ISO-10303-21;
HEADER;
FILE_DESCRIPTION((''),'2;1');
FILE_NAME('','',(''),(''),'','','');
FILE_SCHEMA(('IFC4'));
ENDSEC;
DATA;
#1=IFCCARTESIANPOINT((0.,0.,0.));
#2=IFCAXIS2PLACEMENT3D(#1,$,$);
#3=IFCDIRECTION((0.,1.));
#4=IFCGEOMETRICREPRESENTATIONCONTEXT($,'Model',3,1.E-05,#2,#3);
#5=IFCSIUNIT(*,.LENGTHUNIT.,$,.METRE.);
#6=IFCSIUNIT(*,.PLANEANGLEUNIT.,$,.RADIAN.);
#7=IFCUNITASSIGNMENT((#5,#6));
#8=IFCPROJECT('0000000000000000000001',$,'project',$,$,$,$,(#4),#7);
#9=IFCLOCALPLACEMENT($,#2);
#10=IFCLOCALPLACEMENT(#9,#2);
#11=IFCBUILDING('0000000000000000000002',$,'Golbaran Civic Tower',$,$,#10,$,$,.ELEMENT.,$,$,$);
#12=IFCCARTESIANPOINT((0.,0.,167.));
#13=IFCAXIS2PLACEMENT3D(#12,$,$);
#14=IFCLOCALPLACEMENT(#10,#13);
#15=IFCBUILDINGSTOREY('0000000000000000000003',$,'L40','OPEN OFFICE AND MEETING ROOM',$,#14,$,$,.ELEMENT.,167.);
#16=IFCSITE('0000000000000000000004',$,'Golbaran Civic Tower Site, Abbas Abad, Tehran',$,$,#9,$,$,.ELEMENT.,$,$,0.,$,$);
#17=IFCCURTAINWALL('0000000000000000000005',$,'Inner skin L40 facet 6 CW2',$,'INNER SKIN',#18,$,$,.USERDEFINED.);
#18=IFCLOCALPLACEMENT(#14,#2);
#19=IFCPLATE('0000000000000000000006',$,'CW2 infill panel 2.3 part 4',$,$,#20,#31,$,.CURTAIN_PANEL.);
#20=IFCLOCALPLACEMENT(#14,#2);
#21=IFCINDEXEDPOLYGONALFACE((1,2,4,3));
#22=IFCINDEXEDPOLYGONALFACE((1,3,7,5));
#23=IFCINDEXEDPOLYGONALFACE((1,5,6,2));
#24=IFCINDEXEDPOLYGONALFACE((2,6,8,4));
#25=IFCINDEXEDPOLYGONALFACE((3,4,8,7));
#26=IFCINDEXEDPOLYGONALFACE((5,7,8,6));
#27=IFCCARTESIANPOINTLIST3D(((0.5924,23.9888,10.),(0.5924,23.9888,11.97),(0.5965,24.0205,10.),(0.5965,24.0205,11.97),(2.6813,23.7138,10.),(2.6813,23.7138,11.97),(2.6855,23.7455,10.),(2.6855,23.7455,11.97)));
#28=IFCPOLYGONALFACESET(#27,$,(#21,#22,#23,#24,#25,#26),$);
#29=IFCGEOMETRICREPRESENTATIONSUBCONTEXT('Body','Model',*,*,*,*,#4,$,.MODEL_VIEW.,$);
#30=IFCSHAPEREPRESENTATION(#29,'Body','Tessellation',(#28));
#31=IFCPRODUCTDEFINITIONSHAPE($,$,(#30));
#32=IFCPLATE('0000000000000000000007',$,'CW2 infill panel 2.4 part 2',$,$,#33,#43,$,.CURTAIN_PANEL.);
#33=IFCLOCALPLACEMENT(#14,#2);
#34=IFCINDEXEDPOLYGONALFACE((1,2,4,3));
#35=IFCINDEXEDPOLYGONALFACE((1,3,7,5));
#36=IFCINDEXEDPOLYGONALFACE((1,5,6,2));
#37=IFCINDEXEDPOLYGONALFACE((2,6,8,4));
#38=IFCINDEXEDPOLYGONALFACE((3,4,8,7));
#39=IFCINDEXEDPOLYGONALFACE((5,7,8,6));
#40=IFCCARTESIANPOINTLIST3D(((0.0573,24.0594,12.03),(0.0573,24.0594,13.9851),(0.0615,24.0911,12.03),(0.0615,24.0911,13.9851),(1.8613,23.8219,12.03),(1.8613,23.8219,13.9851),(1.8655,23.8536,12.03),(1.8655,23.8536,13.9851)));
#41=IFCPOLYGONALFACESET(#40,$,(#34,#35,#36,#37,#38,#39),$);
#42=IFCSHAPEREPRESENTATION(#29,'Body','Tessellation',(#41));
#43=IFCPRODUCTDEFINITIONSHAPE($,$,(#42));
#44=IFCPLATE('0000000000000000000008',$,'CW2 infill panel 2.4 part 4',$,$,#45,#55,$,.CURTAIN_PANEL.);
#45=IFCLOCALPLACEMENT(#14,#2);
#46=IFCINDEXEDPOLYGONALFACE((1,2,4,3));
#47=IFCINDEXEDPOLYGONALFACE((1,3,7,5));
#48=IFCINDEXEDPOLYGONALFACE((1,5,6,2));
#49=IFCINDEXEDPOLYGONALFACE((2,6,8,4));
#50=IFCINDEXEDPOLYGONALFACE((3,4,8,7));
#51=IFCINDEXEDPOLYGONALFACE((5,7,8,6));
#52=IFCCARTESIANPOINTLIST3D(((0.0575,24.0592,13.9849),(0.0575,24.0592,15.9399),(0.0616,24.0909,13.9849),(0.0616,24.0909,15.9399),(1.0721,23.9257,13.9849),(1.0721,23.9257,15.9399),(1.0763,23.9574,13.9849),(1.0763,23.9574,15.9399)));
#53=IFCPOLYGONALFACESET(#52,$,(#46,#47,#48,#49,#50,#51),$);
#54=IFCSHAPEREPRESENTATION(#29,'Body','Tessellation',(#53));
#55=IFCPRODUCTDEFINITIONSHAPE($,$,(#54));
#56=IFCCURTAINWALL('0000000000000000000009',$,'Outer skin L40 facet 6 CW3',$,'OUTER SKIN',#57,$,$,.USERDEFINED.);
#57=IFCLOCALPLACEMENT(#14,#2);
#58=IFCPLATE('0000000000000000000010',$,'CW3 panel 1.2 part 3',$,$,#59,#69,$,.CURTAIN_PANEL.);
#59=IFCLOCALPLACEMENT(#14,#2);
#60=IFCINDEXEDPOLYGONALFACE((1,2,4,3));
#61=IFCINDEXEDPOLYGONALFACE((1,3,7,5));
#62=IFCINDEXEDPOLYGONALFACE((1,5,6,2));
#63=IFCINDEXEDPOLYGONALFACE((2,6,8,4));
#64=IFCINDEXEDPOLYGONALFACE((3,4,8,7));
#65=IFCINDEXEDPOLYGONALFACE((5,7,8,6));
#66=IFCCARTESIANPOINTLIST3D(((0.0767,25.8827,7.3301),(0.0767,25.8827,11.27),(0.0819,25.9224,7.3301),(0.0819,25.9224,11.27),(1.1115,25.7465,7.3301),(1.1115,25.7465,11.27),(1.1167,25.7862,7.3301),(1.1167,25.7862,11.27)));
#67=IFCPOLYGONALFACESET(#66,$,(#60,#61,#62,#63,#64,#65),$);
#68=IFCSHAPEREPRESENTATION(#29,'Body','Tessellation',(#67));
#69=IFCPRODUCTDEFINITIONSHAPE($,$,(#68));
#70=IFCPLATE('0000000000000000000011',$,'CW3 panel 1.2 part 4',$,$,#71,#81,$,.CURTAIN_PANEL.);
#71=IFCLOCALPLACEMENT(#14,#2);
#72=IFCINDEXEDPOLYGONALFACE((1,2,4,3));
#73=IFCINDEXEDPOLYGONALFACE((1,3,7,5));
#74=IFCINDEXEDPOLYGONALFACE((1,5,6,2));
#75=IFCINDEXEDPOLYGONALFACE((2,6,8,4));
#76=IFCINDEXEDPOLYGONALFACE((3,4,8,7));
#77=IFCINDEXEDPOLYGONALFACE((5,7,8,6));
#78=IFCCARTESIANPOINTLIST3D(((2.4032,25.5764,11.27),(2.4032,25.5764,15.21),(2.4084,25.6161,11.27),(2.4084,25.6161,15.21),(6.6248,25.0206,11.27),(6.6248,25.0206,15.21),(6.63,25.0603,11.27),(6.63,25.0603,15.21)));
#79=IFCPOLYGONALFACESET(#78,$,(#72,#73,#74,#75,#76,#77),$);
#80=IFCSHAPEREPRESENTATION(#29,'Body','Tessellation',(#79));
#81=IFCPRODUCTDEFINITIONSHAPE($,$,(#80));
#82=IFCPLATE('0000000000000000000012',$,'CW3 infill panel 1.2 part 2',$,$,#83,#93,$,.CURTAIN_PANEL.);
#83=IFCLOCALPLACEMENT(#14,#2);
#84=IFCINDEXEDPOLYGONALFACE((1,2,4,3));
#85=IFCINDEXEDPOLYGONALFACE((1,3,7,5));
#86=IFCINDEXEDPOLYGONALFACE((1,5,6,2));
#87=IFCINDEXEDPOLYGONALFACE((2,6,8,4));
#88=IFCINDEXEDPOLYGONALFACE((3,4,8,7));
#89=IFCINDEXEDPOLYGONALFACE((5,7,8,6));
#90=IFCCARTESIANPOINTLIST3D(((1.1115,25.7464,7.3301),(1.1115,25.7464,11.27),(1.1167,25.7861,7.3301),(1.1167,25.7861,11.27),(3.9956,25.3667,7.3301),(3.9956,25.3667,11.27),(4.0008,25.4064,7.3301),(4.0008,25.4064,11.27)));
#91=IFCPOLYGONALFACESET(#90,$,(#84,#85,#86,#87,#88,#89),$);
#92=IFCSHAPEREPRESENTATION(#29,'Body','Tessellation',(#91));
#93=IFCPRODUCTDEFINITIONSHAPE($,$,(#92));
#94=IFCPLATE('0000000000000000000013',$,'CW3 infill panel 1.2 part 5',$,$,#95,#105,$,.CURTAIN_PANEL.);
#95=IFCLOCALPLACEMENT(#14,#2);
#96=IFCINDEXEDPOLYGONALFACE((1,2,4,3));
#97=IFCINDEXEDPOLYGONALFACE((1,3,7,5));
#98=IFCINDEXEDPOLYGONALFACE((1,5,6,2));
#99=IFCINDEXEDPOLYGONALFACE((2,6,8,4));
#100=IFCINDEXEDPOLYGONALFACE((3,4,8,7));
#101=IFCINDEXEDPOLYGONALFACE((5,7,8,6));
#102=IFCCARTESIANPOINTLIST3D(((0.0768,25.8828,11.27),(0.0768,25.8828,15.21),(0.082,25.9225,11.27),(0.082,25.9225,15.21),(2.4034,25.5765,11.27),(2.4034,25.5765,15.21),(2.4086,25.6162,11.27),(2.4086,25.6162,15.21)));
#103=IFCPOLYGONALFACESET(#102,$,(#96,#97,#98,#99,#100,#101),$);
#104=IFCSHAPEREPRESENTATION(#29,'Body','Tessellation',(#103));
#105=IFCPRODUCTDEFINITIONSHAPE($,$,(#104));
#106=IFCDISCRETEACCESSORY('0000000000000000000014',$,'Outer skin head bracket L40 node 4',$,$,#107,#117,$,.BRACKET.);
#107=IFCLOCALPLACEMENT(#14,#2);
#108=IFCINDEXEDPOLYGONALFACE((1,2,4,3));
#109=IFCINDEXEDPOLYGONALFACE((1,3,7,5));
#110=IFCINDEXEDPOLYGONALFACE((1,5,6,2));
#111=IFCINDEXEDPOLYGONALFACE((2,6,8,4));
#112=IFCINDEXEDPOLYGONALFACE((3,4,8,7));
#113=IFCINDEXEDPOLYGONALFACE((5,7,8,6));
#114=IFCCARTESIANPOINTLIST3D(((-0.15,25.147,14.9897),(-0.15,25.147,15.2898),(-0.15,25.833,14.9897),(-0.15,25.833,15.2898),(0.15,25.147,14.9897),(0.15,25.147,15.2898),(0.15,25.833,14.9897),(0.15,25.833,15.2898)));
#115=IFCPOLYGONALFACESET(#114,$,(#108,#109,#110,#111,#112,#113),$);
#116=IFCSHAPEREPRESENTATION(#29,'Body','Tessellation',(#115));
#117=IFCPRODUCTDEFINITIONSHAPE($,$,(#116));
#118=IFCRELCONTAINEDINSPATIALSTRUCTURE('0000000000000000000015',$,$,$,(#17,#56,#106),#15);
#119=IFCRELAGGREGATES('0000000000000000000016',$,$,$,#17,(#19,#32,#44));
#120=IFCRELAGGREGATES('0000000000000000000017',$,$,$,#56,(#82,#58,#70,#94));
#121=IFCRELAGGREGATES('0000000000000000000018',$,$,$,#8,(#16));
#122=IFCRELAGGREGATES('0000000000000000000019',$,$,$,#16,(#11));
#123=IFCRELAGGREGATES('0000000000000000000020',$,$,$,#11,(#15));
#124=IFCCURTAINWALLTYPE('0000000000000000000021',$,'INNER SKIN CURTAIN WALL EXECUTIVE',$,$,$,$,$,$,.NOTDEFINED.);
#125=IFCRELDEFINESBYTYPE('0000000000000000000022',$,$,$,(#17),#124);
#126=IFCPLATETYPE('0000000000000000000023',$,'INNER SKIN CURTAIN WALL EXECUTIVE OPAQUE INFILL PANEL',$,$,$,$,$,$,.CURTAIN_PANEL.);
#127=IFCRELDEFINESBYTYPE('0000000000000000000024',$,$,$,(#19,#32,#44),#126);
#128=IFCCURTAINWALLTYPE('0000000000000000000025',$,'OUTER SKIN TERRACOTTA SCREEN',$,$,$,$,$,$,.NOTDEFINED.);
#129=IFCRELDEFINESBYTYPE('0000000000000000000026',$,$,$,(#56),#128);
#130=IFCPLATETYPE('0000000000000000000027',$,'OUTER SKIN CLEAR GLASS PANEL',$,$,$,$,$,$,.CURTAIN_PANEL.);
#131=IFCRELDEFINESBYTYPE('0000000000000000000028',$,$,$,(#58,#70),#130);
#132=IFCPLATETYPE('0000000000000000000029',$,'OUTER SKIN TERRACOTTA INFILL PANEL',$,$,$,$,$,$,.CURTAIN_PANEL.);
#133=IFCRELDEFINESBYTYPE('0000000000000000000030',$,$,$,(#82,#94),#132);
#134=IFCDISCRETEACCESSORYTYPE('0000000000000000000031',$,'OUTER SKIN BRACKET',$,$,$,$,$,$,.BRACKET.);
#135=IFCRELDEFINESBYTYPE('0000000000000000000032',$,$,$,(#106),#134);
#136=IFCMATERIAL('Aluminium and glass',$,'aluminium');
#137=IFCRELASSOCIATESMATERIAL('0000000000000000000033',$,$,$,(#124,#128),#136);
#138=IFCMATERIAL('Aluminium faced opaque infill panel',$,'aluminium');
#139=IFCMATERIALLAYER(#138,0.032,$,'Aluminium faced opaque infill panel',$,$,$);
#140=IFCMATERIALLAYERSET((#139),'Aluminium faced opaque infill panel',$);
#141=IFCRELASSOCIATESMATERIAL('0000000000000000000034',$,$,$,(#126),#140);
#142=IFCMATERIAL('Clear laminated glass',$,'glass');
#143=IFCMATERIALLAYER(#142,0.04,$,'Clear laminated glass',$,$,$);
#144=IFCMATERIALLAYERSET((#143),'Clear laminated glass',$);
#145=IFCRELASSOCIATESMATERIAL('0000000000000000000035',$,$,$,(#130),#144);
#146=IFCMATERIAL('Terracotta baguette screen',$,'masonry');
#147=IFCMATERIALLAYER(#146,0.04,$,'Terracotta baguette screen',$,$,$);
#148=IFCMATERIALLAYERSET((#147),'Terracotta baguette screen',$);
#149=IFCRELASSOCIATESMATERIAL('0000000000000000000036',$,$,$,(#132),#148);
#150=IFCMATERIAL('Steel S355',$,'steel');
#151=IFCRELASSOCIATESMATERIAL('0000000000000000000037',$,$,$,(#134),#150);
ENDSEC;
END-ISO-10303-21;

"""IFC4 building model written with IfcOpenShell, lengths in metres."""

from ifc_helpers import new_model, si_unit, direction, frame, origin, origin_2d, place, context, subcontext, project, spatial, rectangle, extrude, material, layer, layer_set, type_object, element, aggregate, save


model = new_model("IFC4")

# Units and contexts
model_context = context("Model", 3, precision=1e-05, world=origin(), true_north=direction((0.0, 1.0)))
body_context = subcontext(model_context, "Body", "Model", "MODEL_VIEW")
ifc_project = project(units=[si_unit("LENGTHUNIT", "METRE"), si_unit("PLANEANGLEUNIT", "RADIAN")], contexts=[model_context])

# Site, building, storey
site_placement = place(None, origin())
site = spatial("IfcSite", under=ifc_project, at=site_placement, Name="Golbaran Civic Tower Site, Abbas Abad, Tehran", CompositionType="ELEMENT", RefElevation=0.0)
building_placement = place(site_placement, origin())
building = spatial("IfcBuilding", under=site, at=building_placement, Name="Golbaran Civic Tower", CompositionType="ELEMENT")
storey_placement = place(building_placement, frame((0.0, 0.0, 167.0)))
storey = spatial("IfcBuildingStorey", under=building, at=storey_placement, Name="L40", Description="OPEN OFFICE AND MEETING ROOM", CompositionType="ELEMENT", Elevation=167.0)

# Curtain wall, plates
ifc_material_1 = material(Name="Aluminium and glass", Category="aluminium")
curtain_wall_type_1 = type_object("IfcCurtainWallType", Name="INNER SKIN CURTAIN WALL EXECUTIVE", PredefinedType="NOTDEFINED", material=ifc_material_1)
curtain_wall_1_placement = place(storey_placement, origin())
curtain_wall_1 = element("IfcCurtainWall", 1, at=curtain_wall_1_placement, inside=storey, type_object=curtain_wall_type_1, Name="Inner skin L40 facet 6 CW2", ObjectType="INNER SKIN", PredefinedType="USERDEFINED")
ifc_material_2 = material(Name="Aluminium faced opaque infill panel", Category="aluminium")
ifc_layer_1 = layer(ifc_material_2, 0.032, Name="Aluminium faced opaque infill panel")
ifc_layer_set_1 = layer_set([ifc_layer_1], Name="Aluminium faced opaque infill panel")
plate_type_1 = type_object("IfcPlateType", Name="INNER SKIN CURTAIN WALL EXECUTIVE OPAQUE INFILL PANEL", PredefinedType="CURTAIN_PANEL", material=ifc_layer_set_1)
plate_1_placement = place(storey_placement, frame((1.6389, 23.8672, 10.0), z_axis=(0.0, 0.0, 1.0), x_axis=(-0.991445, 0.130526, 0.0)))
plate_1 = element("IfcPlate", 2, at=plate_1_placement, type_object=plate_type_1, Name="CW2 infill panel 2.3 part 4", PredefinedType="CURTAIN_PANEL", context=body_context, shape_type="SweptSolid", body=[
    extrude(rectangle(XDim=2.1069, YDim=0.032, at=origin_2d()), origin(), (0.0, 0.0, 1.0), 1.97),
])
plate_2_placement = place(storey_placement, frame((0.9614, 23.9565, 12.03), z_axis=(0.0, 0.0, 1.0), x_axis=(-0.991445, 0.130526, 0.0)))
plate_2 = element("IfcPlate", 3, at=plate_2_placement, type_object=plate_type_1, Name="CW2 infill panel 2.4 part 2", PredefinedType="CURTAIN_PANEL", context=body_context, shape_type="SweptSolid", body=[
    extrude(rectangle(XDim=1.8196, YDim=0.032, at=origin_2d()), origin(), (0.0, 0.0, 1.0), 1.9551),
])
plate_3_placement = place(storey_placement, frame((0.5669, 24.0083, 13.9849), z_axis=(0.0, 0.0, 1.0), x_axis=(-0.991445, 0.130526, 0.0)))
plate_3 = element("IfcPlate", 4, at=plate_3_placement, type_object=plate_type_1, Name="CW2 infill panel 2.4 part 4", PredefinedType="CURTAIN_PANEL", context=body_context, shape_type="SweptSolid", body=[
    extrude(rectangle(XDim=1.0234, YDim=0.032, at=origin_2d()), origin(), (0.0, 0.0, 1.0), 1.9551),
])
aggregate(curtain_wall_1, [plate_1, plate_2, plate_3])

# Curtain wall, plates
curtain_wall_type_2 = type_object("IfcCurtainWallType", Name="OUTER SKIN TERRACOTTA SCREEN", PredefinedType="NOTDEFINED", material=ifc_material_1)
curtain_wall_2_placement = place(storey_placement, origin())
curtain_wall_2 = element("IfcCurtainWall", 5, at=curtain_wall_2_placement, inside=storey, type_object=curtain_wall_type_2, Name="Outer skin L40 facet 6 CW3", ObjectType="OUTER SKIN", PredefinedType="USERDEFINED")
ifc_material_3 = material(Name="Clear laminated glass", Category="glass")
ifc_layer_2 = layer(ifc_material_3, 0.04, Name="Clear laminated glass")
ifc_layer_set_2 = layer_set([ifc_layer_2], Name="Clear laminated glass")
plate_type_2 = type_object("IfcPlateType", Name="OUTER SKIN CLEAR GLASS PANEL", PredefinedType="CURTAIN_PANEL", material=ifc_layer_set_2)
plate_4_placement = place(storey_placement, frame((0.5967, 25.8345, 7.3301), z_axis=(0.0, 0.0, 1.0), x_axis=(-0.991445, 0.130526, 0.0)))
plate_4 = element("IfcPlate", 6, at=plate_4_placement, type_object=plate_type_2, Name="CW3 panel 1.2 part 3", PredefinedType="CURTAIN_PANEL", context=body_context, shape_type="SweptSolid", body=[
    extrude(rectangle(XDim=1.0437, YDim=0.04, at=origin_2d()), origin(), (0.0, 0.0, 1.0), 3.9399),
])
plate_5_placement = place(storey_placement, frame((4.5166, 25.3184, 11.27), z_axis=(0.0, 0.0, 1.0), x_axis=(-0.991445, 0.130526, 0.0)))
plate_5 = element("IfcPlate", 7, at=plate_5_placement, type_object=plate_type_2, Name="CW3 panel 1.2 part 4", PredefinedType="CURTAIN_PANEL", context=body_context, shape_type="SweptSolid", body=[
    extrude(rectangle(XDim=4.2581, YDim=0.04, at=origin_2d()), origin(), (0.0, 0.0, 1.0), 3.9399),
])
ifc_material_4 = material(Name="Terracotta baguette screen", Category="masonry")
ifc_layer_3 = layer(ifc_material_4, 0.04, Name="Terracotta baguette screen")
ifc_layer_set_3 = layer_set([ifc_layer_3], Name="Terracotta baguette screen")
plate_type_3 = type_object("IfcPlateType", Name="OUTER SKIN TERRACOTTA INFILL PANEL", PredefinedType="CURTAIN_PANEL", material=ifc_layer_set_3)
plate_6_placement = place(storey_placement, frame((2.5562, 25.5764, 7.3301), z_axis=(0.0, 0.0, 1.0), x_axis=(-0.991445, 0.130526, 0.0)))
plate_6 = element("IfcPlate", 8, at=plate_6_placement, type_object=plate_type_3, Name="CW3 infill panel 1.2 part 2", PredefinedType="CURTAIN_PANEL", context=body_context, shape_type="SweptSolid", body=[
    extrude(rectangle(XDim=2.9089, YDim=0.04, at=origin_2d()), origin(), (0.0, 0.0, 1.0), 3.9399),
])
plate_7_placement = place(storey_placement, frame((1.2427, 25.7495, 11.27), z_axis=(0.0, 0.0, 1.0), x_axis=(-0.991445, 0.130526, 0.0)))
plate_7 = element("IfcPlate", 9, at=plate_7_placement, type_object=plate_type_3, Name="CW3 infill panel 1.2 part 5", PredefinedType="CURTAIN_PANEL", context=body_context, shape_type="SweptSolid", body=[
    extrude(rectangle(XDim=2.3467, YDim=0.04, at=origin_2d()), origin(), (0.0, 0.0, 1.0), 3.9399),
])
aggregate(curtain_wall_2, [plate_6, plate_4, plate_5, plate_7])

# Discrete accessory
ifc_material_5 = material(Name="Steel S355", Category="steel")
discrete_accessory_type = type_object("IfcDiscreteAccessoryType", Name="OUTER SKIN BRACKET", PredefinedType="BRACKET", material=ifc_material_5)
discrete_accessory_placement = place(storey_placement, frame((0.0, 25.49, 14.9897), z_axis=(0.0, 0.0, 1.0), x_axis=(0.0, 1.0, 0.0)))
element("IfcDiscreteAccessory", 10, at=discrete_accessory_placement, inside=storey, type_object=discrete_accessory_type, Name="Outer skin head bracket L40 node 4", PredefinedType="BRACKET", context=body_context, shape_type="SweptSolid", body=[
    extrude(rectangle(XDim=0.686, YDim=0.3, at=origin_2d()), origin(), (0.0, 0.0, 1.0), 0.3),
])

save(model, "model.ifc")
